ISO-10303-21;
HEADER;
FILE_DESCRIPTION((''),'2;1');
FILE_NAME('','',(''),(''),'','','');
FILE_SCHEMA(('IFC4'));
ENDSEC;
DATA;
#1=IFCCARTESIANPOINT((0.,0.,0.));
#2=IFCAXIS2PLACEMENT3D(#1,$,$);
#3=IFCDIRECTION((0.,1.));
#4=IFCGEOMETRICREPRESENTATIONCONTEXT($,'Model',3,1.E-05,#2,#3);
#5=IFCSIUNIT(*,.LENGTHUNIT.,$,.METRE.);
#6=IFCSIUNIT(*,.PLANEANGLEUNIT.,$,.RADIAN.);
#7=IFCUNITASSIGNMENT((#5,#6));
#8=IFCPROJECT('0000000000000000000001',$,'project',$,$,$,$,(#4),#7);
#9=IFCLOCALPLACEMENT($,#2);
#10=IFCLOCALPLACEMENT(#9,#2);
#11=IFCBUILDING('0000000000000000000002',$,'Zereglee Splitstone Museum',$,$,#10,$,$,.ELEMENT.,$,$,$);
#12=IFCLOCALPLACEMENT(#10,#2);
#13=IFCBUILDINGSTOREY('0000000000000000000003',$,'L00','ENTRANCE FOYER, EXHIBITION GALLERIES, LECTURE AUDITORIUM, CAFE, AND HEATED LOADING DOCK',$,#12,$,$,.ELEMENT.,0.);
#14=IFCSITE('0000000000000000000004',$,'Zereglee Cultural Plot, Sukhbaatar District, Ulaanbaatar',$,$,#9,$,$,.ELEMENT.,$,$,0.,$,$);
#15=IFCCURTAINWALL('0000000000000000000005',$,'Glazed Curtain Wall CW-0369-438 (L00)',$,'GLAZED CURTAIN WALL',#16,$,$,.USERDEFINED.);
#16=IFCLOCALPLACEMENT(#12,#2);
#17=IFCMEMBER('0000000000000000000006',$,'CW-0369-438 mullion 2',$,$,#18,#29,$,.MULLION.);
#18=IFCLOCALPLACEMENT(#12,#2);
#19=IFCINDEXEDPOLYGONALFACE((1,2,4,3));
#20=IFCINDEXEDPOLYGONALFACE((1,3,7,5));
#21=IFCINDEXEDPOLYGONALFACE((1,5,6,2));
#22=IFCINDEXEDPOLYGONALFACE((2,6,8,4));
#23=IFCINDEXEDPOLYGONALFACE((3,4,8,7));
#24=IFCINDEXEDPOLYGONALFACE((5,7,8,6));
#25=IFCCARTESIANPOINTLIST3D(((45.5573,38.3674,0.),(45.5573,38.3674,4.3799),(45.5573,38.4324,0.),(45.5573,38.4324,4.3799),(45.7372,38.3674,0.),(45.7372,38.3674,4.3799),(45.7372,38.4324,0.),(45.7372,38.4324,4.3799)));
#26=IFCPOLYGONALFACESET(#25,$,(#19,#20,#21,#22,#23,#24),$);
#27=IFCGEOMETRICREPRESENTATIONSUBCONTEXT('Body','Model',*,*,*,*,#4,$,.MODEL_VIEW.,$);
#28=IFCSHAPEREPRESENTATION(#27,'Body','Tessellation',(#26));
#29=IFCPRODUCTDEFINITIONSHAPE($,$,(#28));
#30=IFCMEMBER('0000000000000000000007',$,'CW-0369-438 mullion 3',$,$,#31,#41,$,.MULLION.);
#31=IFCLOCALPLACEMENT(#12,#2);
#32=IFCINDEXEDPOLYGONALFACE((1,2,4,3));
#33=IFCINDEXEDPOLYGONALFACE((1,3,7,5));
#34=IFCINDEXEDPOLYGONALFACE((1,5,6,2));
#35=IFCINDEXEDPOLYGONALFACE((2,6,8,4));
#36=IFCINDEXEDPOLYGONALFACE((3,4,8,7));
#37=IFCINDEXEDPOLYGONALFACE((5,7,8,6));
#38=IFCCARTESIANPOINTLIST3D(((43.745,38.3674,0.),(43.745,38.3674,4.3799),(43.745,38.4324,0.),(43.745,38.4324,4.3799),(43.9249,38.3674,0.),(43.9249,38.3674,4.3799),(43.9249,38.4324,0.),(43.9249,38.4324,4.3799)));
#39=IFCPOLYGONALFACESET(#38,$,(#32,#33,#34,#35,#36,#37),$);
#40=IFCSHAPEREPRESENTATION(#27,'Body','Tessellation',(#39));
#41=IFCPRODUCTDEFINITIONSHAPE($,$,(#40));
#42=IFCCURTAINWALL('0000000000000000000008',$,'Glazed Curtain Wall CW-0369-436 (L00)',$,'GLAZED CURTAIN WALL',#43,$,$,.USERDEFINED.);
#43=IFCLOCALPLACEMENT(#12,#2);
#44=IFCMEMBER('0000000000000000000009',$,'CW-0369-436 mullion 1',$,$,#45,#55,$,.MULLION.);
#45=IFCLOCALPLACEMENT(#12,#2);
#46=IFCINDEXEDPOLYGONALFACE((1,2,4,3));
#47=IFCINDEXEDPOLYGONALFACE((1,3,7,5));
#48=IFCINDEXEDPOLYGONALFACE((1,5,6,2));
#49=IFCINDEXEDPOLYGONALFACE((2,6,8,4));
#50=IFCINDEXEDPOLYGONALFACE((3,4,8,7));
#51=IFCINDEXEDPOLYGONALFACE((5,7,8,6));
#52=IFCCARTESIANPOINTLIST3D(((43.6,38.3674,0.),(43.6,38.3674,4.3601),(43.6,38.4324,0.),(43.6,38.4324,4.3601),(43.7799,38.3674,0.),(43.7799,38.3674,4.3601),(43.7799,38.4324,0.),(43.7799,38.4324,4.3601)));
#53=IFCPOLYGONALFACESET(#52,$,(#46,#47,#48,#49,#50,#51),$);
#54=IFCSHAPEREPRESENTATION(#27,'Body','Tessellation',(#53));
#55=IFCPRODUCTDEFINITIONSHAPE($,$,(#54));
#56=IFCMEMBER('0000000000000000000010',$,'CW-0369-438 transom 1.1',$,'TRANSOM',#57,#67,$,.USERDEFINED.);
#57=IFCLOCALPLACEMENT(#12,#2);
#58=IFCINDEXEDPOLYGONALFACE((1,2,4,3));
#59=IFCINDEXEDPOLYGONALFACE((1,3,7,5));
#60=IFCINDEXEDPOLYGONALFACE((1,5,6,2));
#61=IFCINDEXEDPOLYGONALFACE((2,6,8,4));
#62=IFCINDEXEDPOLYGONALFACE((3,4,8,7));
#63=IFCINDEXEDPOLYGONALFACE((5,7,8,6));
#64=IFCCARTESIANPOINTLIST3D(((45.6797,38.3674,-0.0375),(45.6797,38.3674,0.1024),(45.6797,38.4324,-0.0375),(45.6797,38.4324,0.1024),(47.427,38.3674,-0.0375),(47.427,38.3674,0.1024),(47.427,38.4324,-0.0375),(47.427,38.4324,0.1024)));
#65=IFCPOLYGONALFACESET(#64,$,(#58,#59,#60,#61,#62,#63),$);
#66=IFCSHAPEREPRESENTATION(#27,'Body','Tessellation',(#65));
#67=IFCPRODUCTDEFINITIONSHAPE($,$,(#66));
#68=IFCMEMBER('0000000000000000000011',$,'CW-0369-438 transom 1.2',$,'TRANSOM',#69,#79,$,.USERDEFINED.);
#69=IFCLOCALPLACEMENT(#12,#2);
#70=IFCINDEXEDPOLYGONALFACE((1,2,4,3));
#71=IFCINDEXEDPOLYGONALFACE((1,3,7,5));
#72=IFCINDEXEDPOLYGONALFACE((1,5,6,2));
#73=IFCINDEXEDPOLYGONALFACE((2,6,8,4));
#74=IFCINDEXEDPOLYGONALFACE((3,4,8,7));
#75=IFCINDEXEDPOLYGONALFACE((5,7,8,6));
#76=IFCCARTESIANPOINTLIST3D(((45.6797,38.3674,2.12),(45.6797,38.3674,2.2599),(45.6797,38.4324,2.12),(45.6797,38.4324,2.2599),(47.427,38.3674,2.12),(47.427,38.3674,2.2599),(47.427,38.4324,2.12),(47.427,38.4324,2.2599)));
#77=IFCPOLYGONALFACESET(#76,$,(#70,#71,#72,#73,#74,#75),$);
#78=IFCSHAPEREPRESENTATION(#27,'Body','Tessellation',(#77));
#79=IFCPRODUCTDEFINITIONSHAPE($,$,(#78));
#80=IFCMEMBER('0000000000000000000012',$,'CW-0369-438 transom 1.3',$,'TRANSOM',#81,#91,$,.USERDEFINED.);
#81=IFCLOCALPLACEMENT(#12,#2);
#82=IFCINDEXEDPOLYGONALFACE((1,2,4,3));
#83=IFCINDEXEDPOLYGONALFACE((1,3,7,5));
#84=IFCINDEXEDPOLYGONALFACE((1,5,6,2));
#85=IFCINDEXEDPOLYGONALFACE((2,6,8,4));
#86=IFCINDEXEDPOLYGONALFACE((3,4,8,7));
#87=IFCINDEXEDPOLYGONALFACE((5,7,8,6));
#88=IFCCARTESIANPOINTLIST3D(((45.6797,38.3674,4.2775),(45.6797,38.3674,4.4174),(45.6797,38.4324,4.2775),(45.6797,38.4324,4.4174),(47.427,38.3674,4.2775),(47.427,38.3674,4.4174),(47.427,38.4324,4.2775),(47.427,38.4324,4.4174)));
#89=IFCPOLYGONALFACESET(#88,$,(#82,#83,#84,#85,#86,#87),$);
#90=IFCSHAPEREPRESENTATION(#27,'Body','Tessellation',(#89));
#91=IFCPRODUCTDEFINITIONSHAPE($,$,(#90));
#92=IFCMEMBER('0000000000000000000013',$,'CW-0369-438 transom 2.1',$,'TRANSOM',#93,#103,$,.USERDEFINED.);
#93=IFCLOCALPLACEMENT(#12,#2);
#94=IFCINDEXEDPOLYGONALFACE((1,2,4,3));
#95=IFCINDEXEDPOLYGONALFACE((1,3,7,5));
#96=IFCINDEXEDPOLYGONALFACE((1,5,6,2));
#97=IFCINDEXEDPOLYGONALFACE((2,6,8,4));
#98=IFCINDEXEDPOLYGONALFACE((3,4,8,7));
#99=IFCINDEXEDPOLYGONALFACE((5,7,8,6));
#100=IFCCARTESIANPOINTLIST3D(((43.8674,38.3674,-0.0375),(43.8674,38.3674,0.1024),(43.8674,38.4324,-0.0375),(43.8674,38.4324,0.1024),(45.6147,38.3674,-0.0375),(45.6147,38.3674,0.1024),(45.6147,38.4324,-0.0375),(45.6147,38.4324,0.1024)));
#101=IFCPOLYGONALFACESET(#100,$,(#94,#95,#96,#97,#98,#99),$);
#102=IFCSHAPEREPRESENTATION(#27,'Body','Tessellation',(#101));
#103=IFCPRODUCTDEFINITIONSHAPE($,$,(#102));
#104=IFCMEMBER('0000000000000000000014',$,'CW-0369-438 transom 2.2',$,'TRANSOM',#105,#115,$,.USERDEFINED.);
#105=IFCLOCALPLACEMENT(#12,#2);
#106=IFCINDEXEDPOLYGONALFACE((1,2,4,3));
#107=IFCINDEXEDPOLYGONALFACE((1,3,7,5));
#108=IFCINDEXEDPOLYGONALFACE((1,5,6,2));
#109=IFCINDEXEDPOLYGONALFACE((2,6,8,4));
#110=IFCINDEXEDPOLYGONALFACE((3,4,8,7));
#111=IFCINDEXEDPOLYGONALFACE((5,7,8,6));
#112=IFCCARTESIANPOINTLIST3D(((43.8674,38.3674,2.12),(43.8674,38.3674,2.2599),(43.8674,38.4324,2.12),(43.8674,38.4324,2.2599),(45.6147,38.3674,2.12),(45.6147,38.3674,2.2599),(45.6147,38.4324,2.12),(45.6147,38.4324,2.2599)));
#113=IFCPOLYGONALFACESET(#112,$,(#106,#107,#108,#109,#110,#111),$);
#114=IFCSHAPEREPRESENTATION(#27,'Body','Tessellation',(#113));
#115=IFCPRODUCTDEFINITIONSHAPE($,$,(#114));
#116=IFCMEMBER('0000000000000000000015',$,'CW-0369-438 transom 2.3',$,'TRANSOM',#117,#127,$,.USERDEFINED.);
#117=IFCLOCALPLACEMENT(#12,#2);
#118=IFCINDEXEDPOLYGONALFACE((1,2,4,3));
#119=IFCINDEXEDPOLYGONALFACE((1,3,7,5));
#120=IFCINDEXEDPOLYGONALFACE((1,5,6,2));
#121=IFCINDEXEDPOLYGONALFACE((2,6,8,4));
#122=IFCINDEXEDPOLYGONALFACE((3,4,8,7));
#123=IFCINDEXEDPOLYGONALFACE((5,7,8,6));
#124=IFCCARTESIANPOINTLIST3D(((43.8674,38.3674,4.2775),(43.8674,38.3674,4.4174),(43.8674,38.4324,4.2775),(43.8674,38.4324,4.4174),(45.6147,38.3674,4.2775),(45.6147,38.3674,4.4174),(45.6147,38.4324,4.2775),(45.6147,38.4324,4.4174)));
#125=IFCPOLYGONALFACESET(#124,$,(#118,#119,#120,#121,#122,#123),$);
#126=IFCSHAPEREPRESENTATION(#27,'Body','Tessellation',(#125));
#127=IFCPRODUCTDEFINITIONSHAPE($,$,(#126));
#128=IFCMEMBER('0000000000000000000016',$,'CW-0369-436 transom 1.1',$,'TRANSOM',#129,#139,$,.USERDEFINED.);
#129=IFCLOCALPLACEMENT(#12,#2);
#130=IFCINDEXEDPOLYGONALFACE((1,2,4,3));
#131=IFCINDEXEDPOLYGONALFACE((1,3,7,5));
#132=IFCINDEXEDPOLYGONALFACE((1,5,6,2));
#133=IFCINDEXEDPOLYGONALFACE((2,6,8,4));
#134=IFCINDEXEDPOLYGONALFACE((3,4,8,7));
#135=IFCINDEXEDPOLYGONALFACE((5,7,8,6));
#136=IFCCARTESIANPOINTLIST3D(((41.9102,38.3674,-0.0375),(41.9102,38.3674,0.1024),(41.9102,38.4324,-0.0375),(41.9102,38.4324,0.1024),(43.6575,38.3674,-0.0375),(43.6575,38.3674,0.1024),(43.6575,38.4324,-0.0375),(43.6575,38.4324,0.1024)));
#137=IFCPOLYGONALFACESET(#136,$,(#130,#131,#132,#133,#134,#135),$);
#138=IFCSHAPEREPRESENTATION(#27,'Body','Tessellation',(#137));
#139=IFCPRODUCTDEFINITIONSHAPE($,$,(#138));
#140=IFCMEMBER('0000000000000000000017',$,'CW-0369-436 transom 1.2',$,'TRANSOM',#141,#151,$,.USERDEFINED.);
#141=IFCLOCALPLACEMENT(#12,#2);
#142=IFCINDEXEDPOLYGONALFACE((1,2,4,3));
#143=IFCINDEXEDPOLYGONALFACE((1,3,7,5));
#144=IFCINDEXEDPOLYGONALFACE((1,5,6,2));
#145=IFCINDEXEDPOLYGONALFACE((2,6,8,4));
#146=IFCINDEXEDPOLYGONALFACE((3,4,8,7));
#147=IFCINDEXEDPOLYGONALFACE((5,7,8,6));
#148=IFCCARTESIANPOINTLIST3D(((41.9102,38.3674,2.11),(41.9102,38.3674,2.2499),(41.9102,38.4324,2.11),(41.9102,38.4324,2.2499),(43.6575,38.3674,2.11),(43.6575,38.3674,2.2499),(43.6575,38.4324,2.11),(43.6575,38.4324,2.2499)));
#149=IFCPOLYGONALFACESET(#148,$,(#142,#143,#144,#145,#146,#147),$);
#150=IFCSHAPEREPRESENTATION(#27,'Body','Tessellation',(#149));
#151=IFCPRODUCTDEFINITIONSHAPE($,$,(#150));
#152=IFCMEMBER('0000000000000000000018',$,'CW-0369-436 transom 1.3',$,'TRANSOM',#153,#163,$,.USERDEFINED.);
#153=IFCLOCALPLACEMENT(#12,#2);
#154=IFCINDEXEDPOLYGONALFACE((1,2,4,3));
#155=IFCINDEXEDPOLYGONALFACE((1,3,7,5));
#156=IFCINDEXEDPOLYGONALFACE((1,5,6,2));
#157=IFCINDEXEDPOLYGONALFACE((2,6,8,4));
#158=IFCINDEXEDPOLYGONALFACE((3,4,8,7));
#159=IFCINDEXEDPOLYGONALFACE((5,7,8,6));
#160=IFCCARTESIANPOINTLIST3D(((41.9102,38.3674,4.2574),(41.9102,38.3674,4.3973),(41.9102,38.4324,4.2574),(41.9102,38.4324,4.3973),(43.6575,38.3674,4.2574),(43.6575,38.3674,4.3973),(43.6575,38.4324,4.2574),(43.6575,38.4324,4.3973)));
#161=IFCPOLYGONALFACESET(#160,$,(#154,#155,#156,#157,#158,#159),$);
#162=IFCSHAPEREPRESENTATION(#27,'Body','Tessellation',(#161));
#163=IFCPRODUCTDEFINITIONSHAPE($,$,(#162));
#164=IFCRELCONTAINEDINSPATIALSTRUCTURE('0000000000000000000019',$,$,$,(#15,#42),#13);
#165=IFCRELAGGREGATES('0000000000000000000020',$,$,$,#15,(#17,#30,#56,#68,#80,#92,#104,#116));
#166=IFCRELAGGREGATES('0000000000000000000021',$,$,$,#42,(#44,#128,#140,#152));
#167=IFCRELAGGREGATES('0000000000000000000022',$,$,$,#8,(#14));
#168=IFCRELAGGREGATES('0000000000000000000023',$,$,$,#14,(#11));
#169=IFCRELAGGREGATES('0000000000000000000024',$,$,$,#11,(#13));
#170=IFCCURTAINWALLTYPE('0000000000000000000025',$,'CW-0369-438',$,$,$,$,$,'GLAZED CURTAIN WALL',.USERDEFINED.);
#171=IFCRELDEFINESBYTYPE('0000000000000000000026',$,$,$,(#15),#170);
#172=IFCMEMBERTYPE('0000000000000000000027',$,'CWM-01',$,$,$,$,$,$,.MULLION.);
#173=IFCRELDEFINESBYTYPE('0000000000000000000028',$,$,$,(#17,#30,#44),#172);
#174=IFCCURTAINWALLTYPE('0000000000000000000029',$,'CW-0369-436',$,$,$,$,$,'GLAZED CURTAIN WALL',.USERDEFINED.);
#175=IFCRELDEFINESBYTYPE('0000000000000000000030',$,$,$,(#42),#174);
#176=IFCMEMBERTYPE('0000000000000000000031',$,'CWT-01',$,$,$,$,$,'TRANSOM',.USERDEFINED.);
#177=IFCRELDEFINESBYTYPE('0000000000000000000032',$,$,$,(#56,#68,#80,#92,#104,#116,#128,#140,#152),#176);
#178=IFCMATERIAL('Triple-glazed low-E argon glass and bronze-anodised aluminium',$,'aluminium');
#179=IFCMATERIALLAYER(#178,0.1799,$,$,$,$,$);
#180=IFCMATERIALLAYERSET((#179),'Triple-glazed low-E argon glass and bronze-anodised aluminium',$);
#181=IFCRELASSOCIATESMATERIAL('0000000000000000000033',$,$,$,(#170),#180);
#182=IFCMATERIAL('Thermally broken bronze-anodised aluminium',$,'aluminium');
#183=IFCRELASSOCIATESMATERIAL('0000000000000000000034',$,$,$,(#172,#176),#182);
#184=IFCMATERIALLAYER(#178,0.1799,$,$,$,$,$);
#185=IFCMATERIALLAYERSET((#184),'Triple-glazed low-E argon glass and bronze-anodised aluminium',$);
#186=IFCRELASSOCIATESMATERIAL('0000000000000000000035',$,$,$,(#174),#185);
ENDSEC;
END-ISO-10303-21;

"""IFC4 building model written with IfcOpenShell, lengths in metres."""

from ifc_helpers import new_model, si_unit, direction, frame, origin, origin_2d, place, context, subcontext, project, spatial, rectangle, extrude, material, layer, layer_set, material_profile, profile_set, type_object, element, aggregate, save


model = new_model("IFC4")

# Units and contexts
model_context = context("Model", 3, precision=1e-05, world=origin(), true_north=direction((0.0, 1.0)))
body_context = subcontext(model_context, "Body", "Model", "MODEL_VIEW")
ifc_project = project(units=[si_unit("LENGTHUNIT", "METRE"), si_unit("PLANEANGLEUNIT", "RADIAN")], contexts=[model_context])

# Site, building, storey
site_placement = place(None, origin())
site = spatial("IfcSite", under=ifc_project, at=site_placement, Name="Zereglee Cultural Plot, Sukhbaatar District, Ulaanbaatar", CompositionType="ELEMENT", RefElevation=0.0)
building_placement = place(site_placement, origin())
building = spatial("IfcBuilding", under=site, at=building_placement, Name="Zereglee Splitstone Museum", CompositionType="ELEMENT")
storey_placement = place(building_placement, origin())
storey = spatial("IfcBuildingStorey", under=building, at=storey_placement, Name="L00", Description="ENTRANCE FOYER, EXHIBITION GALLERIES, LECTURE AUDITORIUM, CAFE, AND HEATED LOADING DOCK", CompositionType="ELEMENT", Elevation=0.0)

# Curtain wall, members
ifc_material_1 = material(Name="Triple-glazed low-E argon glass and bronze-anodised aluminium", Category="aluminium")
ifc_layer_1 = layer(ifc_material_1, 0.1799)
ifc_layer_set_1 = layer_set([ifc_layer_1], Name="Triple-glazed low-E argon glass and bronze-anodised aluminium")
curtain_wall_type_1 = type_object("IfcCurtainWallType", Name="CW-0369-438", ElementType="GLAZED CURTAIN WALL", PredefinedType="USERDEFINED", material=ifc_layer_set_1)
curtain_wall_1_placement = place(storey_placement, origin())
curtain_wall_1 = element("IfcCurtainWall", 1, at=curtain_wall_1_placement, inside=storey, type_object=curtain_wall_type_1, Name="Glazed Curtain Wall CW-0369-438 (L00)", ObjectType="GLAZED CURTAIN WALL", PredefinedType="USERDEFINED")
ifc_material_2 = material(Name="Thermally broken bronze-anodised aluminium", Category="aluminium")
ifc_material_profile_1 = material_profile(ifc_material_2, rectangle(XDim=0.0649, YDim=0.1799, at=origin_2d()), Name="CW MULL 65x180")
ifc_profile_set_1 = profile_set([ifc_material_profile_1], Name="Thermally broken bronze-anodised aluminium")
member_type_1 = type_object("IfcMemberType", Name="CWM-01", PredefinedType="MULLION", material=ifc_profile_set_1)
member_1_placement = place(storey_placement, frame((45.6472, 38.3999, 0.0), z_axis=(0.0, 0.0, 1.0), x_axis=(0.0, -1.0, 0.0)))
member_1 = element("IfcMember", 2, at=member_1_placement, type_object=member_type_1, Name="CW-0369-438 mullion 2", PredefinedType="MULLION", context=body_context, shape_type="SweptSolid", body=[
    extrude(rectangle(XDim=0.0649, YDim=0.1799, at=origin_2d()), origin(), (0.0, 0.0, 1.0), 4.3799),
])
member_2_placement = place(storey_placement, frame((43.835, 38.3999, 0.0), z_axis=(0.0, 0.0, 1.0), x_axis=(0.0, -1.0, 0.0)))
member_2 = element("IfcMember", 3, at=member_2_placement, type_object=member_type_1, Name="CW-0369-438 mullion 3", PredefinedType="MULLION", context=body_context, shape_type="SweptSolid", body=[
    extrude(rectangle(XDim=0.0649, YDim=0.1799, at=origin_2d()), origin(), (0.0, 0.0, 1.0), 4.3799),
])

# Curtain wall, member
ifc_layer_2 = layer(ifc_material_1, 0.1799)
ifc_layer_set_2 = layer_set([ifc_layer_2], Name="Triple-glazed low-E argon glass and bronze-anodised aluminium")
curtain_wall_type_2 = type_object("IfcCurtainWallType", Name="CW-0369-436", ElementType="GLAZED CURTAIN WALL", PredefinedType="USERDEFINED", material=ifc_layer_set_2)
curtain_wall_2_placement = place(storey_placement, origin())
curtain_wall_2 = element("IfcCurtainWall", 4, at=curtain_wall_2_placement, inside=storey, type_object=curtain_wall_type_2, Name="Glazed Curtain Wall CW-0369-436 (L00)", ObjectType="GLAZED CURTAIN WALL", PredefinedType="USERDEFINED")
member_3_placement = place(storey_placement, frame((43.6899, 38.3999, 0.0), z_axis=(0.0, 0.0, 1.0), x_axis=(0.0, -1.0, 0.0)))
member_3 = element("IfcMember", 5, at=member_3_placement, type_object=member_type_1, Name="CW-0369-436 mullion 1", PredefinedType="MULLION", context=body_context, shape_type="SweptSolid", body=[
    extrude(rectangle(XDim=0.0649, YDim=0.1799, at=origin_2d()), origin(), (0.0, 0.0, 1.0), 4.3601),
])

# Members
ifc_material_profile_2 = material_profile(ifc_material_2, rectangle(XDim=0.0649, YDim=0.1399, at=origin_2d()), Name="CW TRAN 65x140")
ifc_profile_set_2 = profile_set([ifc_material_profile_2], Name="Thermally broken bronze-anodised aluminium")
member_type_2 = type_object("IfcMemberType", Name="CWT-01", ElementType="TRANSOM", PredefinedType="USERDEFINED", material=ifc_profile_set_2)
member_4_placement = place(storey_placement, frame((47.427, 38.3999, 0.0325), z_axis=(-1.0, 0.0, 0.0), x_axis=(0.0, -1.0, 0.0)))
member_4 = element("IfcMember", 6, at=member_4_placement, type_object=member_type_2, Name="CW-0369-438 transom 1.1", ObjectType="TRANSOM", PredefinedType="USERDEFINED", context=body_context, shape_type="SweptSolid", body=[
    extrude(rectangle(XDim=0.0649, YDim=0.1399, at=origin_2d()), origin(), (0.0, 0.0, 1.0), 1.7473),
])
member_5_placement = place(storey_placement, frame((47.427, 38.3999, 2.1899), z_axis=(-1.0, 0.0, 0.0), x_axis=(0.0, -1.0, 0.0)))
member_5 = element("IfcMember", 7, at=member_5_placement, type_object=member_type_2, Name="CW-0369-438 transom 1.2", ObjectType="TRANSOM", PredefinedType="USERDEFINED", context=body_context, shape_type="SweptSolid", body=[
    extrude(rectangle(XDim=0.0649, YDim=0.1399, at=origin_2d()), origin(), (0.0, 0.0, 1.0), 1.7473),
])
member_6_placement = place(storey_placement, frame((47.427, 38.3999, 4.3474), z_axis=(-1.0, 0.0, 0.0), x_axis=(0.0, -1.0, 0.0)))
member_6 = element("IfcMember", 8, at=member_6_placement, type_object=member_type_2, Name="CW-0369-438 transom 1.3", ObjectType="TRANSOM", PredefinedType="USERDEFINED", context=body_context, shape_type="SweptSolid", body=[
    extrude(rectangle(XDim=0.0649, YDim=0.1399, at=origin_2d()), origin(), (0.0, 0.0, 1.0), 1.7473),
])
member_7_placement = place(storey_placement, frame((45.6147, 38.3999, 0.0325), z_axis=(-1.0, 0.0, 0.0), x_axis=(0.0, -1.0, 0.0)))
member_7 = element("IfcMember", 9, at=member_7_placement, type_object=member_type_2, Name="CW-0369-438 transom 2.1", ObjectType="TRANSOM", PredefinedType="USERDEFINED", context=body_context, shape_type="SweptSolid", body=[
    extrude(rectangle(XDim=0.0649, YDim=0.1399, at=origin_2d()), origin(), (0.0, 0.0, 1.0), 1.7473),
])
member_8_placement = place(storey_placement, frame((45.6147, 38.3999, 2.1899), z_axis=(-1.0, 0.0, 0.0), x_axis=(0.0, -1.0, 0.0)))
member_8 = element("IfcMember", 10, at=member_8_placement, type_object=member_type_2, Name="CW-0369-438 transom 2.2", ObjectType="TRANSOM", PredefinedType="USERDEFINED", context=body_context, shape_type="SweptSolid", body=[
    extrude(rectangle(XDim=0.0649, YDim=0.1399, at=origin_2d()), origin(), (0.0, 0.0, 1.0), 1.7473),
])
member_9_placement = place(storey_placement, frame((45.6147, 38.3999, 4.3474), z_axis=(-1.0, 0.0, 0.0), x_axis=(0.0, -1.0, 0.0)))
member_9 = element("IfcMember", 11, at=member_9_placement, type_object=member_type_2, Name="CW-0369-438 transom 2.3", ObjectType="TRANSOM", PredefinedType="USERDEFINED", context=body_context, shape_type="SweptSolid", body=[
    extrude(rectangle(XDim=0.0649, YDim=0.1399, at=origin_2d()), origin(), (0.0, 0.0, 1.0), 1.7473),
])
member_10_placement = place(storey_placement, frame((43.6575, 38.3999, 0.0325), z_axis=(-1.0, 0.0, 0.0), x_axis=(0.0, -1.0, 0.0)))
member_10 = element("IfcMember", 12, at=member_10_placement, type_object=member_type_2, Name="CW-0369-436 transom 1.1", ObjectType="TRANSOM", PredefinedType="USERDEFINED", context=body_context, shape_type="SweptSolid", body=[
    extrude(rectangle(XDim=0.0649, YDim=0.1399, at=origin_2d()), origin(), (0.0, 0.0, 1.0), 1.7473),
])
member_11_placement = place(storey_placement, frame((43.6575, 38.3999, 2.1799), z_axis=(-1.0, 0.0, 0.0), x_axis=(0.0, -1.0, 0.0)))
member_11 = element("IfcMember", 13, at=member_11_placement, type_object=member_type_2, Name="CW-0369-436 transom 1.2", ObjectType="TRANSOM", PredefinedType="USERDEFINED", context=body_context, shape_type="SweptSolid", body=[
    extrude(rectangle(XDim=0.0649, YDim=0.1399, at=origin_2d()), origin(), (0.0, 0.0, 1.0), 1.7473),
])
member_12_placement = place(storey_placement, frame((43.6575, 38.3999, 4.3274), z_axis=(-1.0, 0.0, 0.0), x_axis=(0.0, -1.0, 0.0)))
member_12 = element("IfcMember", 14, at=member_12_placement, type_object=member_type_2, Name="CW-0369-436 transom 1.3", ObjectType="TRANSOM", PredefinedType="USERDEFINED", context=body_context, shape_type="SweptSolid", body=[
    extrude(rectangle(XDim=0.0649, YDim=0.1399, at=origin_2d()), origin(), (0.0, 0.0, 1.0), 1.7473),
])

aggregate(curtain_wall_1, [member_1, member_2, member_4, member_5, member_6, member_7, member_8, member_9])
aggregate(curtain_wall_2, [member_3, member_10, member_11, member_12])

save(model, "model.ifc")
